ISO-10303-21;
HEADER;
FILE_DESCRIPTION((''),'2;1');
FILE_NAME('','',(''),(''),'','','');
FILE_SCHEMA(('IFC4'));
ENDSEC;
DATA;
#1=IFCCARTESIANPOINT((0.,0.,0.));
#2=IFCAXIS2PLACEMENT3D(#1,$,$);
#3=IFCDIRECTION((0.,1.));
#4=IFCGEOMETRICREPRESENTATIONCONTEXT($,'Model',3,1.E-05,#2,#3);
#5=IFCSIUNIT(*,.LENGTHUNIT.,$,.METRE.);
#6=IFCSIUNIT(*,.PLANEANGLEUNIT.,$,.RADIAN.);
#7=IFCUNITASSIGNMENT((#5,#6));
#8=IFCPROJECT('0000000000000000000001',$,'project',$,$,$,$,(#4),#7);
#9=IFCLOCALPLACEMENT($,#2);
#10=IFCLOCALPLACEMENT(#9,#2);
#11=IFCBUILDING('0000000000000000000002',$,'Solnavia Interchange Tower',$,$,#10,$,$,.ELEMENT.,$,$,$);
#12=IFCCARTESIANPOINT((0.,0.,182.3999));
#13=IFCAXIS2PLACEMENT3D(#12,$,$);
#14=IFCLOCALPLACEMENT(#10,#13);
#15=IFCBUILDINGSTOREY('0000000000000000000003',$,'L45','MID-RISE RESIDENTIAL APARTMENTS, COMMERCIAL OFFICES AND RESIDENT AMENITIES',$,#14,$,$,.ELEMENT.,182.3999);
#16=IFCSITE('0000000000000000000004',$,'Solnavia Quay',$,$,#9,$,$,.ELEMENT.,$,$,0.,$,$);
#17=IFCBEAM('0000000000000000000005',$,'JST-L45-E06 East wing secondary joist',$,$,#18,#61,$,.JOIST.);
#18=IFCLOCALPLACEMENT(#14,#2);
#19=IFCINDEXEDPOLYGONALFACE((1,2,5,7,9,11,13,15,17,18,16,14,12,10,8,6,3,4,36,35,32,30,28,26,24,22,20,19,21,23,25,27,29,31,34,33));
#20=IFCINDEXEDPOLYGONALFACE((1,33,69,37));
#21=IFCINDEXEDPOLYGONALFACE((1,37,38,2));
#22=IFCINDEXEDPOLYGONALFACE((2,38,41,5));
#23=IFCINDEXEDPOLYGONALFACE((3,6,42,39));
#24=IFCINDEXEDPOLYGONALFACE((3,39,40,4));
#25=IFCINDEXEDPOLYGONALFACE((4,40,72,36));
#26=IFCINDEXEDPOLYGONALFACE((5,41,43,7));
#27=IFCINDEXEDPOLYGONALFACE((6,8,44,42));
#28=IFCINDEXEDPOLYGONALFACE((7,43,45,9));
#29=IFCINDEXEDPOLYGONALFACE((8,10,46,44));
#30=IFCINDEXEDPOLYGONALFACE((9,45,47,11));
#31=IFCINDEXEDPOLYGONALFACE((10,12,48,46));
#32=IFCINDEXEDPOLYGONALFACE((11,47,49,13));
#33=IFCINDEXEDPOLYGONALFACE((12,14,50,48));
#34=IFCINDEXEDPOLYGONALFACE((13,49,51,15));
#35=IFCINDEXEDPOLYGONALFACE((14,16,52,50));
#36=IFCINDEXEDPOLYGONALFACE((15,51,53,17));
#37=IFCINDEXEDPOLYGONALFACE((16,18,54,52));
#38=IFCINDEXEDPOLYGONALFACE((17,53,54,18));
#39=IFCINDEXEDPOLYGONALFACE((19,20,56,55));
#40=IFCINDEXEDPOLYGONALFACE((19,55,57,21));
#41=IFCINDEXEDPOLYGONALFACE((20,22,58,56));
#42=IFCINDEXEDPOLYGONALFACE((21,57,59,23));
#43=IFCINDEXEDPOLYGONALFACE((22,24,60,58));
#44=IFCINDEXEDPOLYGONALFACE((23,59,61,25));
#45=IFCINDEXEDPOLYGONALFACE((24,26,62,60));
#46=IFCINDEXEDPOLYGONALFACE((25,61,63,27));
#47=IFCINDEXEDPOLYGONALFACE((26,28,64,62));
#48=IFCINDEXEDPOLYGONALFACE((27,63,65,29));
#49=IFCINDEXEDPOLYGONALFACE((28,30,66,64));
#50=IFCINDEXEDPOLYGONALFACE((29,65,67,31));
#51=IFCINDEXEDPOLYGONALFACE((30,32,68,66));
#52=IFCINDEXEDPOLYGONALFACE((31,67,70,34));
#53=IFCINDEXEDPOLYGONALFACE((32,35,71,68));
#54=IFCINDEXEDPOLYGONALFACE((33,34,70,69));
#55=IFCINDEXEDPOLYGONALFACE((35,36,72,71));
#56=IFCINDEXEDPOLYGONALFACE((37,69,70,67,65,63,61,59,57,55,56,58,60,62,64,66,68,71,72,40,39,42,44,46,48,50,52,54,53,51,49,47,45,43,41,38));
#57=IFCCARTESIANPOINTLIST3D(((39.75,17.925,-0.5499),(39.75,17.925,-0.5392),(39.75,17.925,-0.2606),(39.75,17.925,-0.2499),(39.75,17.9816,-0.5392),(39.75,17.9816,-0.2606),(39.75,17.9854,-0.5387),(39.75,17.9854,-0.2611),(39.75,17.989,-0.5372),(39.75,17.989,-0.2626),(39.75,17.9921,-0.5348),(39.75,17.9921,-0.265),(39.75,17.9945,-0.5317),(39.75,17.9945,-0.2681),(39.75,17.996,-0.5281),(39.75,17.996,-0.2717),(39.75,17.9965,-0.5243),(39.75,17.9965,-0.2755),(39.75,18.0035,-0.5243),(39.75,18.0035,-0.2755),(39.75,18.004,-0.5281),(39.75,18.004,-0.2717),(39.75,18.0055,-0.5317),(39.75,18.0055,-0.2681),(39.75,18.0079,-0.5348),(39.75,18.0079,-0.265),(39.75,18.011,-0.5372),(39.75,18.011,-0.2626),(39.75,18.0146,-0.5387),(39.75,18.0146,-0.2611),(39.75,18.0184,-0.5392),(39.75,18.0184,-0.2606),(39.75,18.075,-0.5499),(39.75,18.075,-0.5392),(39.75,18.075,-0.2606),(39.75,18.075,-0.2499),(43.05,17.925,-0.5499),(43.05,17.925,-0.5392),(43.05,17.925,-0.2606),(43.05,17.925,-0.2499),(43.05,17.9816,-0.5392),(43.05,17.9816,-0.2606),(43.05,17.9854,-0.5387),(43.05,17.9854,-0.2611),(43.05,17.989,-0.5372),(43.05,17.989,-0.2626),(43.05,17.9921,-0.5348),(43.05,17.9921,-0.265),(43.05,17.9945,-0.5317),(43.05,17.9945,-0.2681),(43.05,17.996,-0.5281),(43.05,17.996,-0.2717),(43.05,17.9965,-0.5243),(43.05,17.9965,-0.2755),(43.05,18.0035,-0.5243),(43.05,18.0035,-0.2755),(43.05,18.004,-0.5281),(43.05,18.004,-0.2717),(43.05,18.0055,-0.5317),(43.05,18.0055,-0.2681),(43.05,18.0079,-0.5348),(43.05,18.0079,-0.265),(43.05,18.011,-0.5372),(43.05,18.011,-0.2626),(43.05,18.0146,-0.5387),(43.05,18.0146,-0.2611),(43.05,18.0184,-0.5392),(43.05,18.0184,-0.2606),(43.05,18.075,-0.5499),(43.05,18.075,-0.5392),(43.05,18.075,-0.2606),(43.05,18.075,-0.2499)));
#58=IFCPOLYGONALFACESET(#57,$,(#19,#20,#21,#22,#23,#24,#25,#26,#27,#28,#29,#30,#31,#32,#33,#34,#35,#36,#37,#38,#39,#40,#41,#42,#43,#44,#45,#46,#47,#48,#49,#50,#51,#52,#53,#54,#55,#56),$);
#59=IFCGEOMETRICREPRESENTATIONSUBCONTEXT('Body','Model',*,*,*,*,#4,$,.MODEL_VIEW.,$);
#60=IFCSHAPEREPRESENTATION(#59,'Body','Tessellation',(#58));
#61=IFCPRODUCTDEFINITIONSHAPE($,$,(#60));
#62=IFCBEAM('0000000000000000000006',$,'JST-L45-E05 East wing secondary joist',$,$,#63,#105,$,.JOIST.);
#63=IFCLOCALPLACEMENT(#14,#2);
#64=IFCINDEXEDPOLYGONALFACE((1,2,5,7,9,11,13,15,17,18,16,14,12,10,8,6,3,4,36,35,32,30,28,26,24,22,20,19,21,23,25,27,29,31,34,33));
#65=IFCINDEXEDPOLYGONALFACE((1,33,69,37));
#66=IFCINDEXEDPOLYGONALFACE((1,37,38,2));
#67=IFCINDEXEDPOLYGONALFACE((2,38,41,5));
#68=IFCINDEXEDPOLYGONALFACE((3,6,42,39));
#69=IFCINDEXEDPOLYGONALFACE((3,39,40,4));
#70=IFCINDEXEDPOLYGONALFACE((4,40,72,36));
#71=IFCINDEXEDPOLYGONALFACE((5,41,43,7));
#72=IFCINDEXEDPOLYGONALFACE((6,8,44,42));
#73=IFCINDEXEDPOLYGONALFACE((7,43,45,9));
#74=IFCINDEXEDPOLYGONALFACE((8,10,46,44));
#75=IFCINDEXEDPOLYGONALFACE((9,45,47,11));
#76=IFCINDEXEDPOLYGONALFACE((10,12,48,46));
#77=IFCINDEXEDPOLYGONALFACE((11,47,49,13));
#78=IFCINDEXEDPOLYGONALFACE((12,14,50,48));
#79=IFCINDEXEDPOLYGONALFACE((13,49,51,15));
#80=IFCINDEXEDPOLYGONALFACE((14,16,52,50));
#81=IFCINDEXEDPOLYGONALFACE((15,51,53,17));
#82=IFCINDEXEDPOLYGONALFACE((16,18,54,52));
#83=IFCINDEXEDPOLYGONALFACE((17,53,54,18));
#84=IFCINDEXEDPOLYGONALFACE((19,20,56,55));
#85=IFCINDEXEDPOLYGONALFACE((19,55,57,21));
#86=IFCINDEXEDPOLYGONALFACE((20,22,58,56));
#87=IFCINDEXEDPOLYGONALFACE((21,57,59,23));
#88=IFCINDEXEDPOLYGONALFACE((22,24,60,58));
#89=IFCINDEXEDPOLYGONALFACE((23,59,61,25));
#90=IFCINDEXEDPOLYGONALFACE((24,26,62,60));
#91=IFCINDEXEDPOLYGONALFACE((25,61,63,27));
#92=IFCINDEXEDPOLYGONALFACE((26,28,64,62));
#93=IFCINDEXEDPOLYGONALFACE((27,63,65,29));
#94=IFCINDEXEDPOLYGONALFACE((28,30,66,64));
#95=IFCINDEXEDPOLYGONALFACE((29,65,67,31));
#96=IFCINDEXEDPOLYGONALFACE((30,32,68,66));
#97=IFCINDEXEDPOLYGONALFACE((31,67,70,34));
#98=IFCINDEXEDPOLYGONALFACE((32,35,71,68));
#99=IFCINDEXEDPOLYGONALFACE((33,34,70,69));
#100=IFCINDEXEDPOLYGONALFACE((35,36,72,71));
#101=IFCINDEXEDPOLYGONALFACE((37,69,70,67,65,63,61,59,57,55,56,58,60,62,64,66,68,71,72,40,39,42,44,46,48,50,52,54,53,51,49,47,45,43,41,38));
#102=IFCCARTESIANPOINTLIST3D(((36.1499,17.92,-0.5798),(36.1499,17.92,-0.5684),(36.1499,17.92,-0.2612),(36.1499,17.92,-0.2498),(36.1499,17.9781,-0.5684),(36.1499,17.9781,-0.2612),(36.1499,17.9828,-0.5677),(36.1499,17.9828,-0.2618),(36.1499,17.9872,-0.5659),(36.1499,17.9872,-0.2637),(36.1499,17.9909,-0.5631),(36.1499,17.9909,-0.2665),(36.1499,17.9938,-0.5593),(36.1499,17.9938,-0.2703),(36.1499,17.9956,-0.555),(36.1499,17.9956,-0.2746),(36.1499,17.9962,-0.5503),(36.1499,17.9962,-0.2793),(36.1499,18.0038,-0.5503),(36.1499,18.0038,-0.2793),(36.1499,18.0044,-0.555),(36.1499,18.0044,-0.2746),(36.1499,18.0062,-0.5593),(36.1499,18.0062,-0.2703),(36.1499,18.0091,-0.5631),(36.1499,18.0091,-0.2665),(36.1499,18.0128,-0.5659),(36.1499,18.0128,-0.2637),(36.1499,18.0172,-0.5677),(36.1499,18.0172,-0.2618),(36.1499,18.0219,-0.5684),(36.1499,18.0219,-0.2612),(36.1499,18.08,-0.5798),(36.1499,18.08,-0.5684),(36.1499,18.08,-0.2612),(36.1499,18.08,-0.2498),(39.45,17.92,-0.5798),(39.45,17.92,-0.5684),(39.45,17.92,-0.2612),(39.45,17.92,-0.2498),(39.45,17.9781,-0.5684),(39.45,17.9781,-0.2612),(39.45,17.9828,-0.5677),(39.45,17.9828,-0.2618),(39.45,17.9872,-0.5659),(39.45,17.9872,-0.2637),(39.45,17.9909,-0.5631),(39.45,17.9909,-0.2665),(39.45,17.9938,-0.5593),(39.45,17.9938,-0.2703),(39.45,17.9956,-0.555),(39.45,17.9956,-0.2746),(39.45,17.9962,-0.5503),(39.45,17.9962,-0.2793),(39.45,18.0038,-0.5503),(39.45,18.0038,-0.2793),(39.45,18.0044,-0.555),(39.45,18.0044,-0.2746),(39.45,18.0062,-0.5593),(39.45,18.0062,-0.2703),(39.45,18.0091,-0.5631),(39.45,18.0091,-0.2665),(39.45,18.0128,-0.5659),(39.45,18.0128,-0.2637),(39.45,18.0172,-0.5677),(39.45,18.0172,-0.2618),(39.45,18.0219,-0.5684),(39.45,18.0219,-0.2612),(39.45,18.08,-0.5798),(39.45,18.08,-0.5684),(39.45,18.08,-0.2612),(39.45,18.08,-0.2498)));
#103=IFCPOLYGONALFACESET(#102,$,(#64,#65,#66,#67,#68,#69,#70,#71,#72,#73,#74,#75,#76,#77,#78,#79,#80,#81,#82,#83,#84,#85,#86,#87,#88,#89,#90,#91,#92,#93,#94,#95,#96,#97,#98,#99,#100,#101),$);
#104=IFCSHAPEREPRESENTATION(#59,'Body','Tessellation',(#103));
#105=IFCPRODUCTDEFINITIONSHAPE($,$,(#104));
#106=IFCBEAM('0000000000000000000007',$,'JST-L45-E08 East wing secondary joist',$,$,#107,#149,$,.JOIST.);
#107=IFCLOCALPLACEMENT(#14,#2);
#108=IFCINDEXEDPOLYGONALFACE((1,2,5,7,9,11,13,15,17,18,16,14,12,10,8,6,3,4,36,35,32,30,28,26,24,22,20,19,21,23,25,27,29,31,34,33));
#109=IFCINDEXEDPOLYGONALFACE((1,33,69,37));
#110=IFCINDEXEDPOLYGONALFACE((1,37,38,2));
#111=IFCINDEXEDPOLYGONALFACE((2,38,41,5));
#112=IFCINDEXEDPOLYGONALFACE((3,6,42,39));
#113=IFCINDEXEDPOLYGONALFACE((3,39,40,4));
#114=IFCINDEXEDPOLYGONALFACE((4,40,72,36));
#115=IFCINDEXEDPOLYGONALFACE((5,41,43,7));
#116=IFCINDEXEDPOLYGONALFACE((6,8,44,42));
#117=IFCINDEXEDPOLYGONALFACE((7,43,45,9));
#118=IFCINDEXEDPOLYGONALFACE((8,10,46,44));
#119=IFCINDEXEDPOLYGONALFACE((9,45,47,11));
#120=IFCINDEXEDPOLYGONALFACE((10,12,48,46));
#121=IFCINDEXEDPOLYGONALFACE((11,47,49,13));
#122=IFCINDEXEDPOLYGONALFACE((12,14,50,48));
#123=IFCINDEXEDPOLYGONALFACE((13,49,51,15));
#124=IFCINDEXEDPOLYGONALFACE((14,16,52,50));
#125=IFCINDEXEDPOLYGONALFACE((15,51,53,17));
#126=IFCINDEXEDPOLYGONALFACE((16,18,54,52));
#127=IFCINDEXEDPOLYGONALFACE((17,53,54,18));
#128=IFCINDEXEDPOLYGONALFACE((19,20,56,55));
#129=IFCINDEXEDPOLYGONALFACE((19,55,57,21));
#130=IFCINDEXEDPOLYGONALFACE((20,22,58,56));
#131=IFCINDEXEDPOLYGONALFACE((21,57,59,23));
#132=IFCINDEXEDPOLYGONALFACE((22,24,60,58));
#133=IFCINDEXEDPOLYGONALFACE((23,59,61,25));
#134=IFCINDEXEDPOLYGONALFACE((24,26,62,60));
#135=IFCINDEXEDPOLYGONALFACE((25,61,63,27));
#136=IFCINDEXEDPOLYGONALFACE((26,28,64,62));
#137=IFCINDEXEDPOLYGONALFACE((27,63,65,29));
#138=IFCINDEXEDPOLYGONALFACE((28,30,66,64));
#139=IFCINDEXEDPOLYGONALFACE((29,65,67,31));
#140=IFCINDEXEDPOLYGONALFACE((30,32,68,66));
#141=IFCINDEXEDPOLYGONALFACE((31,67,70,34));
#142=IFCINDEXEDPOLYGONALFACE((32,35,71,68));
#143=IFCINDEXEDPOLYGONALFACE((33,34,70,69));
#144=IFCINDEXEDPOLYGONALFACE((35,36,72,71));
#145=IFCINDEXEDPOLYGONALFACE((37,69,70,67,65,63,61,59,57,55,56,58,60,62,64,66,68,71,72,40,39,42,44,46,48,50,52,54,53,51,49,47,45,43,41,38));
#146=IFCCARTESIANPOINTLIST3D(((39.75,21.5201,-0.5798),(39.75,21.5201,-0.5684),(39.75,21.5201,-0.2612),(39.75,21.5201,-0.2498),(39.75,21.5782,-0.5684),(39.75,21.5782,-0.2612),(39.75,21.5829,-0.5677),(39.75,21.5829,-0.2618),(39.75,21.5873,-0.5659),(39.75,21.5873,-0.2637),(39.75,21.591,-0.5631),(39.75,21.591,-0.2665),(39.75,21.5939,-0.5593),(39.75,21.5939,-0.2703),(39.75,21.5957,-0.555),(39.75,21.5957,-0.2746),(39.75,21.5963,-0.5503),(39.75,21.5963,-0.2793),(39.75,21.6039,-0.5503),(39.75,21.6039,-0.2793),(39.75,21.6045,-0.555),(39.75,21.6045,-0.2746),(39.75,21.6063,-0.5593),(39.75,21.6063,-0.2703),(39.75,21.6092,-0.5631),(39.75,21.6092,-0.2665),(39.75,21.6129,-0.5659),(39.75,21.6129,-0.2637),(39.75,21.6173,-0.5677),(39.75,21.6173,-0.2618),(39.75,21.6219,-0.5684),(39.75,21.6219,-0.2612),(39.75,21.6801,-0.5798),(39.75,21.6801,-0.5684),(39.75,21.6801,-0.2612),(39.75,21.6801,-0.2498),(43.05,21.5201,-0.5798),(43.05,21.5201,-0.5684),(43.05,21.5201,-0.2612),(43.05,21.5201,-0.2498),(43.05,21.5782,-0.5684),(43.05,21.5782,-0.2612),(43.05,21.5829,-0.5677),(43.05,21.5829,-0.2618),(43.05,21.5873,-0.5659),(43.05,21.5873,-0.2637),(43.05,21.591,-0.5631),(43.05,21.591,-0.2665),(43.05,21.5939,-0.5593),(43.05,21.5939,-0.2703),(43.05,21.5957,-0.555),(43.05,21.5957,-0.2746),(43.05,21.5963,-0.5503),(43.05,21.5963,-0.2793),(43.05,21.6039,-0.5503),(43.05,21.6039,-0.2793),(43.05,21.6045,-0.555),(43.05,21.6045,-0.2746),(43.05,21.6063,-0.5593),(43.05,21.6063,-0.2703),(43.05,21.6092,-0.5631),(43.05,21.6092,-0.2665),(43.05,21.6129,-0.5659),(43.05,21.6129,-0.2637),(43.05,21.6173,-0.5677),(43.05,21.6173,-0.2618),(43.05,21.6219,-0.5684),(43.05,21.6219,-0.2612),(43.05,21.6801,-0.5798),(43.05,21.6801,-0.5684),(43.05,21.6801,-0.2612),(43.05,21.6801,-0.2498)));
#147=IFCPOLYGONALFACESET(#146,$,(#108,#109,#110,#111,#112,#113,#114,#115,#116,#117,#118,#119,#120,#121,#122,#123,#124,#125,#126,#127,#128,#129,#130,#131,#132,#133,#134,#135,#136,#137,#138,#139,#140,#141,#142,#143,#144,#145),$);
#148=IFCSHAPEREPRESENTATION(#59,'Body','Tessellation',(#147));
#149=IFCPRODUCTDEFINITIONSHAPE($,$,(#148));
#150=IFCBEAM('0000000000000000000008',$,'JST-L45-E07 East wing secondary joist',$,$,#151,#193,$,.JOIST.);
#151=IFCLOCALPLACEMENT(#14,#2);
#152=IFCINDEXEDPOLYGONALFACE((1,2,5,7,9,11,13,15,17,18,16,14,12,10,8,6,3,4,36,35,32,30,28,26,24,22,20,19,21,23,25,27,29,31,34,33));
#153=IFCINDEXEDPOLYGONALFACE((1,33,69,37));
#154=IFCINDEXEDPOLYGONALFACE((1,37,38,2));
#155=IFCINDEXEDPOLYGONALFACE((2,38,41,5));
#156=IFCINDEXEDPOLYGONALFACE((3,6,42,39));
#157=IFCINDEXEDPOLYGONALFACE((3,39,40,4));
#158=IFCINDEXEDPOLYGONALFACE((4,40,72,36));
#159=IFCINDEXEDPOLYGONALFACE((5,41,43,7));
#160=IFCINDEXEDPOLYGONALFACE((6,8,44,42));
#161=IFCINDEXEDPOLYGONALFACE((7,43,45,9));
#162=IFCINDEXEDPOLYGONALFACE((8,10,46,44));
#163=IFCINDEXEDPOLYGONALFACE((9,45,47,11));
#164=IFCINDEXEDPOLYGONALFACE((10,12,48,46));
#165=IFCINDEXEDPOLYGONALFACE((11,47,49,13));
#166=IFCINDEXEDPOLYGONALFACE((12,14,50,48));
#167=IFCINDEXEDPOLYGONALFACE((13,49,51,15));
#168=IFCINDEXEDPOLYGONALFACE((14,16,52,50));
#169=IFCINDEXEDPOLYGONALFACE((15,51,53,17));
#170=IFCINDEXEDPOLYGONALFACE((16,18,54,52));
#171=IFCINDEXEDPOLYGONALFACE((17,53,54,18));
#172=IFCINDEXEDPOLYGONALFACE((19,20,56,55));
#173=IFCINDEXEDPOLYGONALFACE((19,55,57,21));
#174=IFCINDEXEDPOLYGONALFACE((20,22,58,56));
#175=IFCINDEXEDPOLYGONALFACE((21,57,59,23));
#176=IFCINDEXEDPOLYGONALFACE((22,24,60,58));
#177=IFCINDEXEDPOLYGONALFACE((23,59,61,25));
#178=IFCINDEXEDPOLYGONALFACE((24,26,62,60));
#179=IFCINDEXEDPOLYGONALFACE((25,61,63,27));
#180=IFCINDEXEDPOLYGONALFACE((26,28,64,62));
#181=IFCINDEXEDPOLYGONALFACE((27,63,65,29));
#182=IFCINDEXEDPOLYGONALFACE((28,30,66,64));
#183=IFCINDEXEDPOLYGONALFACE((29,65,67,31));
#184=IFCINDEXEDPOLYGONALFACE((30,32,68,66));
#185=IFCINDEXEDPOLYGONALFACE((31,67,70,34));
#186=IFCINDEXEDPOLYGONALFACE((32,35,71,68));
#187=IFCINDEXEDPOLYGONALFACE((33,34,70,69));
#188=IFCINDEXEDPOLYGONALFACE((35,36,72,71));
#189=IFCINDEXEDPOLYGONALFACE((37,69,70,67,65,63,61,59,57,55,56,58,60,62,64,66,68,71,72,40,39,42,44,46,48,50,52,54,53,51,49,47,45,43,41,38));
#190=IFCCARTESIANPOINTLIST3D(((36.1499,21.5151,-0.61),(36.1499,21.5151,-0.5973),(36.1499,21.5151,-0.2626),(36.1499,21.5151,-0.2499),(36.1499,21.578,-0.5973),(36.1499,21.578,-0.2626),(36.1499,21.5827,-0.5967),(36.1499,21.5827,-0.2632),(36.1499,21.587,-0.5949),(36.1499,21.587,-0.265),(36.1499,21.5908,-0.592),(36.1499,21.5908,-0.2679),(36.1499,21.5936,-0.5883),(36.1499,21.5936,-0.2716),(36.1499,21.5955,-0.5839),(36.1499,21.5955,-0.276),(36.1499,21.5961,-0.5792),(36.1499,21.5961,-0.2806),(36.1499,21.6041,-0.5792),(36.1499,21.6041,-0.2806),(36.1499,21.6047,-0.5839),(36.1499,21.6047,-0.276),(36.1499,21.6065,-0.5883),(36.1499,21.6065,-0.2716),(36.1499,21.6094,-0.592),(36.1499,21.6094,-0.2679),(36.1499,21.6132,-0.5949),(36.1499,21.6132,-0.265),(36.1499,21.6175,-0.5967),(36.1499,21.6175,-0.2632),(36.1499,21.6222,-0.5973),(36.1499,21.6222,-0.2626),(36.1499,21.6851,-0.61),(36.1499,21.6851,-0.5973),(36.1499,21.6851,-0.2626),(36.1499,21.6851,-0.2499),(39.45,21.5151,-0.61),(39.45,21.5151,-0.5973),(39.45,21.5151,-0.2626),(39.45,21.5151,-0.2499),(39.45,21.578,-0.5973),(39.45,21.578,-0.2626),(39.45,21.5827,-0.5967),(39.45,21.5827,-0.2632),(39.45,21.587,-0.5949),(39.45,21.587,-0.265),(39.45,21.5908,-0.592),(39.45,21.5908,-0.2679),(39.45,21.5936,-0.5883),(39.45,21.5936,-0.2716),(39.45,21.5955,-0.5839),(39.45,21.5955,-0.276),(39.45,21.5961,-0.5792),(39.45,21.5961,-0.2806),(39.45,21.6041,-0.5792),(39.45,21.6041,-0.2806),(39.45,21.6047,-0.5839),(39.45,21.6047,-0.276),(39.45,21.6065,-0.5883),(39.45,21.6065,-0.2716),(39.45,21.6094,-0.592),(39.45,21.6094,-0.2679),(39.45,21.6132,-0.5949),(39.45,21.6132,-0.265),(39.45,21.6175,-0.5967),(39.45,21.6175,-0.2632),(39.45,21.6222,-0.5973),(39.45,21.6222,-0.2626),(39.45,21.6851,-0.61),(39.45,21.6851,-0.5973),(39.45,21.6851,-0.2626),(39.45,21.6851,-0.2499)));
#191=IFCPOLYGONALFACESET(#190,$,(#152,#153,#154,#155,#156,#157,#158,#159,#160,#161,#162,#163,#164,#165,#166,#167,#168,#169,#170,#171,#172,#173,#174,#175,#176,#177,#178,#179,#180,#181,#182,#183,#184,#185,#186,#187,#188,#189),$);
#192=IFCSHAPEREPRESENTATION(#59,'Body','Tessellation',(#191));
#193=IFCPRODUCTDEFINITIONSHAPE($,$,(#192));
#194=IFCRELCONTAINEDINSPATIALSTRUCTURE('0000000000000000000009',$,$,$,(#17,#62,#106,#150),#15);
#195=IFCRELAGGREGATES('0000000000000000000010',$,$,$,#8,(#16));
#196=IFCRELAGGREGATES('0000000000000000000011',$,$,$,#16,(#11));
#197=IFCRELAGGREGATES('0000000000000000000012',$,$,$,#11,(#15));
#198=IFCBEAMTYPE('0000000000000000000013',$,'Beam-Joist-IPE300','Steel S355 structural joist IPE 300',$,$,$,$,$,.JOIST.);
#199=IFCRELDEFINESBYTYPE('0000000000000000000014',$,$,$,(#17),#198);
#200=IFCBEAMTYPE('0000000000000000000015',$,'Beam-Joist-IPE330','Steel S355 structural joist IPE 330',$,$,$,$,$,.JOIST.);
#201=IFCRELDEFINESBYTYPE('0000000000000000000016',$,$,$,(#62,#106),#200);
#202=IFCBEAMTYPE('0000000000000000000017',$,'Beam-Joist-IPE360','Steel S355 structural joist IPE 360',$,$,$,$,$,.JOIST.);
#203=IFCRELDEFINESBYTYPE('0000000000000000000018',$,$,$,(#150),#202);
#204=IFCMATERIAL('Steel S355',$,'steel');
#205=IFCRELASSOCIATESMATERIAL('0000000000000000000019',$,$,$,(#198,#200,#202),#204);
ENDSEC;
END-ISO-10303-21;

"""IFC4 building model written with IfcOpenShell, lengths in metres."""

from ifc_helpers import new_model, si_unit, direction, frame, origin, origin_2d, place, context, subcontext, project, spatial, i_section, extrude, material, material_profile, profile_set, type_object, element, save


model = new_model("IFC4")

# Units and contexts
model_context = context("Model", 3, precision=1e-05, world=origin(), true_north=direction((0.0, 1.0)))
body_context = subcontext(model_context, "Body", "Model", "MODEL_VIEW")
ifc_project = project(units=[si_unit("LENGTHUNIT", "METRE"), si_unit("PLANEANGLEUNIT", "RADIAN")], contexts=[model_context])

# Site, building, storey
site_placement = place(None, origin())
site = spatial("IfcSite", under=ifc_project, at=site_placement, Name="Solnavia Quay", CompositionType="ELEMENT", RefElevation=0.0)
building_placement = place(site_placement, origin())
building = spatial("IfcBuilding", under=site, at=building_placement, Name="Solnavia Interchange Tower", CompositionType="ELEMENT")
storey_placement = place(building_placement, frame((0.0, 0.0, 182.3999)))
storey = spatial("IfcBuildingStorey", under=building, at=storey_placement, Name="L45", Description="MID-RISE RESIDENTIAL APARTMENTS, COMMERCIAL OFFICES AND RESIDENT AMENITIES", CompositionType="ELEMENT", Elevation=182.3999)

# Shared definitions
ifc_material_1 = material(Name="Steel S355", Category="steel")

# Beams
ifc_material_profile_1 = material_profile(ifc_material_1, i_section(OverallWidth=0.1499, OverallDepth=0.3, WebThickness=0.0071, FlangeThickness=0.0107, FilletRadius=0.0149, at=origin_2d()), Name="IPE 300")
ifc_profile_set_1 = profile_set([ifc_material_profile_1], Name="Steel S355")
beam_type_1 = type_object("IfcBeamType", Name="Beam-Joist-IPE300", Description="Steel S355 structural joist IPE 300", PredefinedType="JOIST", material=ifc_profile_set_1)
beam_1_placement = place(storey_placement, frame((39.75, 18.0, -0.3999), z_axis=(1.0, 0.0, 0.0), x_axis=(0.0, 1.0, 0.0)))
element("IfcBeam", 1, at=beam_1_placement, inside=storey, type_object=beam_type_1, Name="JST-L45-E06 East wing secondary joist", PredefinedType="JOIST", context=body_context, shape_type="SweptSolid", body=[
    extrude(i_section(OverallWidth=0.1499, OverallDepth=0.3, WebThickness=0.0071, FlangeThickness=0.0107, FilletRadius=0.0149, at=origin_2d()), origin(), (0.0, 0.0, 1.0), 3.3),
])
ifc_material_profile_2 = material_profile(ifc_material_1, i_section(OverallWidth=0.1599, OverallDepth=0.3301, WebThickness=0.0076, FlangeThickness=0.0115, FilletRadius=0.0181, at=origin_2d()), Name="IPE 330")
ifc_profile_set_2 = profile_set([ifc_material_profile_2], Name="Steel S355")
beam_type_2 = type_object("IfcBeamType", Name="Beam-Joist-IPE330", Description="Steel S355 structural joist IPE 330", PredefinedType="JOIST", material=ifc_profile_set_2)
for number, where, z_axis, x_axis, name in (
    (2, (36.1499, 18.0, -0.4148), (1.0, 0.0, 0.0), (0.0, 1.0, 0.0), "JST-L45-E05 East wing secondary joist"),
    (3, (39.75, 21.6001, -0.4148), (1.0, 0.0, 0.0), (0.0, 1.0, 0.0), "JST-L45-E08 East wing secondary joist"),
):
    element("IfcBeam", number, at=place(storey_placement, frame(where, z_axis=z_axis, x_axis=x_axis)), inside=storey, type_object=beam_type_2, Name=name, PredefinedType="JOIST", context=body_context, shape_type="SweptSolid", body=[
        extrude(i_section(OverallWidth=0.1599, OverallDepth=0.3301, WebThickness=0.0076, FlangeThickness=0.0115, FilletRadius=0.0181, at=origin_2d()), origin(), (0.0, 0.0, 1.0), 3.3),
    ])
ifc_material_profile_3 = material_profile(ifc_material_1, i_section(OverallWidth=0.1699, OverallDepth=0.3601, WebThickness=0.0081, FlangeThickness=0.0127, FilletRadius=0.0181, at=origin_2d()), Name="IPE 360")
ifc_profile_set_3 = profile_set([ifc_material_profile_3], Name="Steel S355")
beam_type_3 = type_object("IfcBeamType", Name="Beam-Joist-IPE360", Description="Steel S355 structural joist IPE 360", PredefinedType="JOIST", material=ifc_profile_set_3)
beam_2_placement = place(storey_placement, frame((36.1499, 21.6001, -0.4299), z_axis=(1.0, 0.0, 0.0), x_axis=(0.0, 1.0, 0.0)))
element("IfcBeam", 4, at=beam_2_placement, inside=storey, type_object=beam_type_3, Name="JST-L45-E07 East wing secondary joist", PredefinedType="JOIST", context=body_context, shape_type="SweptSolid", body=[
    extrude(i_section(OverallWidth=0.1699, OverallDepth=0.3601, WebThickness=0.0081, FlangeThickness=0.0127, FilletRadius=0.0181, at=origin_2d()), origin(), (0.0, 0.0, 1.0), 3.3),
])

save(model, "model.ifc")
